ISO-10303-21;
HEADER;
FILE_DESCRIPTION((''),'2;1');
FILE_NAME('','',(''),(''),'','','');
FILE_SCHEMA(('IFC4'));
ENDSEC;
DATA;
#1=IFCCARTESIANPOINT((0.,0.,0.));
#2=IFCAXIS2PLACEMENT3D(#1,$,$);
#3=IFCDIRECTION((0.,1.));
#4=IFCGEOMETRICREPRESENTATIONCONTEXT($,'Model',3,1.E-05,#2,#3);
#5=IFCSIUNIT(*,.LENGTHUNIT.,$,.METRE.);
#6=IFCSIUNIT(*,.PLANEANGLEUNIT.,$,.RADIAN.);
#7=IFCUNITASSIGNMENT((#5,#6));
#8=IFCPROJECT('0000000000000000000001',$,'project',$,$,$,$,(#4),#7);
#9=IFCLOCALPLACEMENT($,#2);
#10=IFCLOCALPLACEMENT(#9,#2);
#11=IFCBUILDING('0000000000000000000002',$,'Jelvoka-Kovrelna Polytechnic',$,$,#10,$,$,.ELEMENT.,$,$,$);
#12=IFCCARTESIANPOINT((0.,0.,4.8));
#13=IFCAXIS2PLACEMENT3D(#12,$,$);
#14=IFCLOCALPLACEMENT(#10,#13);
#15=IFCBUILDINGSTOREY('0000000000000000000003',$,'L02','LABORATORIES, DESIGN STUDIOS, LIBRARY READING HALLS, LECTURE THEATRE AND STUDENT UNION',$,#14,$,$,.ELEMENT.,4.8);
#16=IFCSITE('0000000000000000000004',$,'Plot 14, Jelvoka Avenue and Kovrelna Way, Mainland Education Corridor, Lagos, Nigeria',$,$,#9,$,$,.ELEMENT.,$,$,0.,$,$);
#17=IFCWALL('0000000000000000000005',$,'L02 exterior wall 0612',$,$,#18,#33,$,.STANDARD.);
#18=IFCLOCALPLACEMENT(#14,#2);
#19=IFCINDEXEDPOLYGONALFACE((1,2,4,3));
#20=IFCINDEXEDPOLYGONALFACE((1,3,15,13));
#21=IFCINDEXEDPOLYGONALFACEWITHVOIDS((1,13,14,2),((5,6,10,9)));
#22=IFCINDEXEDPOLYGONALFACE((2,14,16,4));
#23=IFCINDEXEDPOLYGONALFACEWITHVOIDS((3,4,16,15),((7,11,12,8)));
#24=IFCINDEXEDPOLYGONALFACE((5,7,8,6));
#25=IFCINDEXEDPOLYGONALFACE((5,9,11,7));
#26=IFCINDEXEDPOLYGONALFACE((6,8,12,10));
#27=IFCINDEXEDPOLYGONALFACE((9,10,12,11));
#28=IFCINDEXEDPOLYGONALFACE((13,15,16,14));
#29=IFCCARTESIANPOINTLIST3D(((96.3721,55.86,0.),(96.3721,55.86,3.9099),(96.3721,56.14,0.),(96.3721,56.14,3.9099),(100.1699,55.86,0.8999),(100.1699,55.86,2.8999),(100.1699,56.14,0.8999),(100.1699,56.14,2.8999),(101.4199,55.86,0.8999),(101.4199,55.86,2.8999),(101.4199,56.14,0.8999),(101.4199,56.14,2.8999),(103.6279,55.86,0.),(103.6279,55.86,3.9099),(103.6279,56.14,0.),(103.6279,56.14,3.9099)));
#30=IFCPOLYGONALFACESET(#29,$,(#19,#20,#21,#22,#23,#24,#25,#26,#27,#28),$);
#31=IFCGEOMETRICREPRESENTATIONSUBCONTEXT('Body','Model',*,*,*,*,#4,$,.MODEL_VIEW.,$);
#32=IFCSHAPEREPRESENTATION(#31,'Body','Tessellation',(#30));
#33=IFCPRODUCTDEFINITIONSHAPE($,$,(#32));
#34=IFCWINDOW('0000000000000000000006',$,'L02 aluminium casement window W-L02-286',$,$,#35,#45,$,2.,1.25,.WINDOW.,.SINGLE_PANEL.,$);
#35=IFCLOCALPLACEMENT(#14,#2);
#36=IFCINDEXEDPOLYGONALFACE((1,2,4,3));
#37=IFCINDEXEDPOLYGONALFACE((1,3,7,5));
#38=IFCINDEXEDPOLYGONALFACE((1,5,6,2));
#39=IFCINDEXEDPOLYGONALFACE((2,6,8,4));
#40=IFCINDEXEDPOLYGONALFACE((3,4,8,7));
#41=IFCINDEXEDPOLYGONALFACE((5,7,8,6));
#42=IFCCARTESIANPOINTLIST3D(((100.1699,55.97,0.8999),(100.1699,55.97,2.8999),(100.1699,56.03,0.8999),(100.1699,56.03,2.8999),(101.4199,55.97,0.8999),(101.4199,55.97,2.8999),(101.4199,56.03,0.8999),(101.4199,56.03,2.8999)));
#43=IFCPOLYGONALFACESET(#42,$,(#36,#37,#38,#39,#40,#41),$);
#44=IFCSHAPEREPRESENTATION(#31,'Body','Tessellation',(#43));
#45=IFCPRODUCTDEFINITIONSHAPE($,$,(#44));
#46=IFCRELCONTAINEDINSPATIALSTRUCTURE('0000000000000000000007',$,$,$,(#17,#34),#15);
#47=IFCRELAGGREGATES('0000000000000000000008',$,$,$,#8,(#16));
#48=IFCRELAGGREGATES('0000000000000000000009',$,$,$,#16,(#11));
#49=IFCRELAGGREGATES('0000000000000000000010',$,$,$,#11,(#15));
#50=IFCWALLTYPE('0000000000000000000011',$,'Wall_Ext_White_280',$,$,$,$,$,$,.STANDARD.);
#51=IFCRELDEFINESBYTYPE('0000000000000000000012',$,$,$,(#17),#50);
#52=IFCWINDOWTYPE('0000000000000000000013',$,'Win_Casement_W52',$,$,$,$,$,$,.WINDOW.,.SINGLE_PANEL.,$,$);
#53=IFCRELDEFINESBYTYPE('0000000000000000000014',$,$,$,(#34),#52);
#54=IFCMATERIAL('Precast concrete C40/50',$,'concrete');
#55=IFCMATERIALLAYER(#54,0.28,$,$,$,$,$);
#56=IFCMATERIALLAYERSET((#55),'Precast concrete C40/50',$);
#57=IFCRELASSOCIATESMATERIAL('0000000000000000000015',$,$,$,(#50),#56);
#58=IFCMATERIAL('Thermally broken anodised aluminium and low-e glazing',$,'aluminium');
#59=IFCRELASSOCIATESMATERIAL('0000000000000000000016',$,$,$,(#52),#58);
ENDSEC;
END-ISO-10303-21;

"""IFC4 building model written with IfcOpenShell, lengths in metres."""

from ifc_helpers import new_model, si_unit, direction, frame, frame_2d, origin, place, context, subcontext, project, spatial, rectangle, extrude, material, layer, layer_set, type_object, element, fill, save


model = new_model("IFC4")

# Units and contexts
model_context = context("Model", 3, precision=1e-05, world=origin(), true_north=direction((0.0, 1.0)))
body_context = subcontext(model_context, "Body", "Model", "MODEL_VIEW")
ifc_project = project(units=[si_unit("LENGTHUNIT", "METRE"), si_unit("PLANEANGLEUNIT", "RADIAN")], contexts=[model_context])

# Site, building, storey
site_placement = place(None, origin())
site = spatial("IfcSite", under=ifc_project, at=site_placement, Name="Plot 14, Jelvoka Avenue and Kovrelna Way, Mainland Education Corridor, Lagos, Nigeria", CompositionType="ELEMENT", RefElevation=0.0)
building_placement = place(site_placement, origin())
building = spatial("IfcBuilding", under=site, at=building_placement, Name="Jelvoka-Kovrelna Polytechnic", CompositionType="ELEMENT")
storey_placement = place(building_placement, frame((0.0, 0.0, 4.8)))
storey = spatial("IfcBuildingStorey", under=building, at=storey_placement, Name="L02", Description="LABORATORIES, DESIGN STUDIOS, LIBRARY READING HALLS, LECTURE THEATRE AND STUDENT UNION", CompositionType="ELEMENT", Elevation=4.8)

# Wall, opening, window
ifc_material_1 = material(Name="Precast concrete C40/50", Category="concrete")
ifc_layer_1 = layer(ifc_material_1, 0.28)
ifc_layer_set_1 = layer_set([ifc_layer_1], Name="Precast concrete C40/50")
wall_type = type_object("IfcWallType", Name="Wall_Ext_White_280", PredefinedType="STANDARD", material=ifc_layer_set_1)
wall_1_placement = place(storey_placement, frame((103.6279, 56.0, 0.0), z_axis=(0.0, 0.0, 1.0), x_axis=(-1.0, 0.0, 0.0)))
wall_1 = element("IfcWall", 1, at=wall_1_placement, inside=storey, type_object=wall_type, Name="L02 exterior wall 0612", PredefinedType="STANDARD", context=body_context, shape_type="SweptSolid", body=[
    extrude(rectangle(XDim=7.2559, YDim=0.28, at=frame_2d((3.6279, 0.0))), origin(), (0.0, 0.0, 1.0), 3.9099),
])
opening_1_placement = place(wall_1_placement, frame((2.208, 0.0, 0.8999)))
opening_1 = element("IfcOpeningElement", 2, at=opening_1_placement, cuts=wall_1, PredefinedType="OPENING", context=body_context, shape_type="SweptSolid", body=[
    extrude(rectangle(XDim=1.25, YDim=2.0, at=frame_2d((0.625, 1.0))), frame((0.0, 0.1501, 0.0), z_axis=(0.0, -1.0, 0.0), x_axis=(1.0, 0.0, 0.0)), (0.0, 0.0, 1.0), 0.3),
])
ifc_material_2 = material(Name="Thermally broken anodised aluminium and low-e glazing", Category="aluminium")
window_type_1 = type_object("IfcWindowType", Name="Win_Casement_W52", PartitioningType="SINGLE_PANEL", PredefinedType="WINDOW", material=ifc_material_2)
window_1_placement = place(opening_1_placement, origin())
window_1 = element("IfcWindow", 3, at=window_1_placement, inside=storey, type_object=window_type_1, Name="L02 aluminium casement window W-L02-286", OverallHeight=2.0, OverallWidth=1.25, PartitioningType="SINGLE_PANEL", PredefinedType="WINDOW", context=body_context, shape_type="SweptSolid", body=[
    extrude(rectangle(XDim=1.25, YDim=2.0, at=frame_2d((0.625, 1.0))), frame((0.0, 0.03, 0.0), z_axis=(0.0, -1.0, 0.0), x_axis=(1.0, 0.0, 0.0)), (0.0, 0.0, 1.0), 0.0601),
])
fill(opening_1, window_1)

save(model, "model.ifc")
